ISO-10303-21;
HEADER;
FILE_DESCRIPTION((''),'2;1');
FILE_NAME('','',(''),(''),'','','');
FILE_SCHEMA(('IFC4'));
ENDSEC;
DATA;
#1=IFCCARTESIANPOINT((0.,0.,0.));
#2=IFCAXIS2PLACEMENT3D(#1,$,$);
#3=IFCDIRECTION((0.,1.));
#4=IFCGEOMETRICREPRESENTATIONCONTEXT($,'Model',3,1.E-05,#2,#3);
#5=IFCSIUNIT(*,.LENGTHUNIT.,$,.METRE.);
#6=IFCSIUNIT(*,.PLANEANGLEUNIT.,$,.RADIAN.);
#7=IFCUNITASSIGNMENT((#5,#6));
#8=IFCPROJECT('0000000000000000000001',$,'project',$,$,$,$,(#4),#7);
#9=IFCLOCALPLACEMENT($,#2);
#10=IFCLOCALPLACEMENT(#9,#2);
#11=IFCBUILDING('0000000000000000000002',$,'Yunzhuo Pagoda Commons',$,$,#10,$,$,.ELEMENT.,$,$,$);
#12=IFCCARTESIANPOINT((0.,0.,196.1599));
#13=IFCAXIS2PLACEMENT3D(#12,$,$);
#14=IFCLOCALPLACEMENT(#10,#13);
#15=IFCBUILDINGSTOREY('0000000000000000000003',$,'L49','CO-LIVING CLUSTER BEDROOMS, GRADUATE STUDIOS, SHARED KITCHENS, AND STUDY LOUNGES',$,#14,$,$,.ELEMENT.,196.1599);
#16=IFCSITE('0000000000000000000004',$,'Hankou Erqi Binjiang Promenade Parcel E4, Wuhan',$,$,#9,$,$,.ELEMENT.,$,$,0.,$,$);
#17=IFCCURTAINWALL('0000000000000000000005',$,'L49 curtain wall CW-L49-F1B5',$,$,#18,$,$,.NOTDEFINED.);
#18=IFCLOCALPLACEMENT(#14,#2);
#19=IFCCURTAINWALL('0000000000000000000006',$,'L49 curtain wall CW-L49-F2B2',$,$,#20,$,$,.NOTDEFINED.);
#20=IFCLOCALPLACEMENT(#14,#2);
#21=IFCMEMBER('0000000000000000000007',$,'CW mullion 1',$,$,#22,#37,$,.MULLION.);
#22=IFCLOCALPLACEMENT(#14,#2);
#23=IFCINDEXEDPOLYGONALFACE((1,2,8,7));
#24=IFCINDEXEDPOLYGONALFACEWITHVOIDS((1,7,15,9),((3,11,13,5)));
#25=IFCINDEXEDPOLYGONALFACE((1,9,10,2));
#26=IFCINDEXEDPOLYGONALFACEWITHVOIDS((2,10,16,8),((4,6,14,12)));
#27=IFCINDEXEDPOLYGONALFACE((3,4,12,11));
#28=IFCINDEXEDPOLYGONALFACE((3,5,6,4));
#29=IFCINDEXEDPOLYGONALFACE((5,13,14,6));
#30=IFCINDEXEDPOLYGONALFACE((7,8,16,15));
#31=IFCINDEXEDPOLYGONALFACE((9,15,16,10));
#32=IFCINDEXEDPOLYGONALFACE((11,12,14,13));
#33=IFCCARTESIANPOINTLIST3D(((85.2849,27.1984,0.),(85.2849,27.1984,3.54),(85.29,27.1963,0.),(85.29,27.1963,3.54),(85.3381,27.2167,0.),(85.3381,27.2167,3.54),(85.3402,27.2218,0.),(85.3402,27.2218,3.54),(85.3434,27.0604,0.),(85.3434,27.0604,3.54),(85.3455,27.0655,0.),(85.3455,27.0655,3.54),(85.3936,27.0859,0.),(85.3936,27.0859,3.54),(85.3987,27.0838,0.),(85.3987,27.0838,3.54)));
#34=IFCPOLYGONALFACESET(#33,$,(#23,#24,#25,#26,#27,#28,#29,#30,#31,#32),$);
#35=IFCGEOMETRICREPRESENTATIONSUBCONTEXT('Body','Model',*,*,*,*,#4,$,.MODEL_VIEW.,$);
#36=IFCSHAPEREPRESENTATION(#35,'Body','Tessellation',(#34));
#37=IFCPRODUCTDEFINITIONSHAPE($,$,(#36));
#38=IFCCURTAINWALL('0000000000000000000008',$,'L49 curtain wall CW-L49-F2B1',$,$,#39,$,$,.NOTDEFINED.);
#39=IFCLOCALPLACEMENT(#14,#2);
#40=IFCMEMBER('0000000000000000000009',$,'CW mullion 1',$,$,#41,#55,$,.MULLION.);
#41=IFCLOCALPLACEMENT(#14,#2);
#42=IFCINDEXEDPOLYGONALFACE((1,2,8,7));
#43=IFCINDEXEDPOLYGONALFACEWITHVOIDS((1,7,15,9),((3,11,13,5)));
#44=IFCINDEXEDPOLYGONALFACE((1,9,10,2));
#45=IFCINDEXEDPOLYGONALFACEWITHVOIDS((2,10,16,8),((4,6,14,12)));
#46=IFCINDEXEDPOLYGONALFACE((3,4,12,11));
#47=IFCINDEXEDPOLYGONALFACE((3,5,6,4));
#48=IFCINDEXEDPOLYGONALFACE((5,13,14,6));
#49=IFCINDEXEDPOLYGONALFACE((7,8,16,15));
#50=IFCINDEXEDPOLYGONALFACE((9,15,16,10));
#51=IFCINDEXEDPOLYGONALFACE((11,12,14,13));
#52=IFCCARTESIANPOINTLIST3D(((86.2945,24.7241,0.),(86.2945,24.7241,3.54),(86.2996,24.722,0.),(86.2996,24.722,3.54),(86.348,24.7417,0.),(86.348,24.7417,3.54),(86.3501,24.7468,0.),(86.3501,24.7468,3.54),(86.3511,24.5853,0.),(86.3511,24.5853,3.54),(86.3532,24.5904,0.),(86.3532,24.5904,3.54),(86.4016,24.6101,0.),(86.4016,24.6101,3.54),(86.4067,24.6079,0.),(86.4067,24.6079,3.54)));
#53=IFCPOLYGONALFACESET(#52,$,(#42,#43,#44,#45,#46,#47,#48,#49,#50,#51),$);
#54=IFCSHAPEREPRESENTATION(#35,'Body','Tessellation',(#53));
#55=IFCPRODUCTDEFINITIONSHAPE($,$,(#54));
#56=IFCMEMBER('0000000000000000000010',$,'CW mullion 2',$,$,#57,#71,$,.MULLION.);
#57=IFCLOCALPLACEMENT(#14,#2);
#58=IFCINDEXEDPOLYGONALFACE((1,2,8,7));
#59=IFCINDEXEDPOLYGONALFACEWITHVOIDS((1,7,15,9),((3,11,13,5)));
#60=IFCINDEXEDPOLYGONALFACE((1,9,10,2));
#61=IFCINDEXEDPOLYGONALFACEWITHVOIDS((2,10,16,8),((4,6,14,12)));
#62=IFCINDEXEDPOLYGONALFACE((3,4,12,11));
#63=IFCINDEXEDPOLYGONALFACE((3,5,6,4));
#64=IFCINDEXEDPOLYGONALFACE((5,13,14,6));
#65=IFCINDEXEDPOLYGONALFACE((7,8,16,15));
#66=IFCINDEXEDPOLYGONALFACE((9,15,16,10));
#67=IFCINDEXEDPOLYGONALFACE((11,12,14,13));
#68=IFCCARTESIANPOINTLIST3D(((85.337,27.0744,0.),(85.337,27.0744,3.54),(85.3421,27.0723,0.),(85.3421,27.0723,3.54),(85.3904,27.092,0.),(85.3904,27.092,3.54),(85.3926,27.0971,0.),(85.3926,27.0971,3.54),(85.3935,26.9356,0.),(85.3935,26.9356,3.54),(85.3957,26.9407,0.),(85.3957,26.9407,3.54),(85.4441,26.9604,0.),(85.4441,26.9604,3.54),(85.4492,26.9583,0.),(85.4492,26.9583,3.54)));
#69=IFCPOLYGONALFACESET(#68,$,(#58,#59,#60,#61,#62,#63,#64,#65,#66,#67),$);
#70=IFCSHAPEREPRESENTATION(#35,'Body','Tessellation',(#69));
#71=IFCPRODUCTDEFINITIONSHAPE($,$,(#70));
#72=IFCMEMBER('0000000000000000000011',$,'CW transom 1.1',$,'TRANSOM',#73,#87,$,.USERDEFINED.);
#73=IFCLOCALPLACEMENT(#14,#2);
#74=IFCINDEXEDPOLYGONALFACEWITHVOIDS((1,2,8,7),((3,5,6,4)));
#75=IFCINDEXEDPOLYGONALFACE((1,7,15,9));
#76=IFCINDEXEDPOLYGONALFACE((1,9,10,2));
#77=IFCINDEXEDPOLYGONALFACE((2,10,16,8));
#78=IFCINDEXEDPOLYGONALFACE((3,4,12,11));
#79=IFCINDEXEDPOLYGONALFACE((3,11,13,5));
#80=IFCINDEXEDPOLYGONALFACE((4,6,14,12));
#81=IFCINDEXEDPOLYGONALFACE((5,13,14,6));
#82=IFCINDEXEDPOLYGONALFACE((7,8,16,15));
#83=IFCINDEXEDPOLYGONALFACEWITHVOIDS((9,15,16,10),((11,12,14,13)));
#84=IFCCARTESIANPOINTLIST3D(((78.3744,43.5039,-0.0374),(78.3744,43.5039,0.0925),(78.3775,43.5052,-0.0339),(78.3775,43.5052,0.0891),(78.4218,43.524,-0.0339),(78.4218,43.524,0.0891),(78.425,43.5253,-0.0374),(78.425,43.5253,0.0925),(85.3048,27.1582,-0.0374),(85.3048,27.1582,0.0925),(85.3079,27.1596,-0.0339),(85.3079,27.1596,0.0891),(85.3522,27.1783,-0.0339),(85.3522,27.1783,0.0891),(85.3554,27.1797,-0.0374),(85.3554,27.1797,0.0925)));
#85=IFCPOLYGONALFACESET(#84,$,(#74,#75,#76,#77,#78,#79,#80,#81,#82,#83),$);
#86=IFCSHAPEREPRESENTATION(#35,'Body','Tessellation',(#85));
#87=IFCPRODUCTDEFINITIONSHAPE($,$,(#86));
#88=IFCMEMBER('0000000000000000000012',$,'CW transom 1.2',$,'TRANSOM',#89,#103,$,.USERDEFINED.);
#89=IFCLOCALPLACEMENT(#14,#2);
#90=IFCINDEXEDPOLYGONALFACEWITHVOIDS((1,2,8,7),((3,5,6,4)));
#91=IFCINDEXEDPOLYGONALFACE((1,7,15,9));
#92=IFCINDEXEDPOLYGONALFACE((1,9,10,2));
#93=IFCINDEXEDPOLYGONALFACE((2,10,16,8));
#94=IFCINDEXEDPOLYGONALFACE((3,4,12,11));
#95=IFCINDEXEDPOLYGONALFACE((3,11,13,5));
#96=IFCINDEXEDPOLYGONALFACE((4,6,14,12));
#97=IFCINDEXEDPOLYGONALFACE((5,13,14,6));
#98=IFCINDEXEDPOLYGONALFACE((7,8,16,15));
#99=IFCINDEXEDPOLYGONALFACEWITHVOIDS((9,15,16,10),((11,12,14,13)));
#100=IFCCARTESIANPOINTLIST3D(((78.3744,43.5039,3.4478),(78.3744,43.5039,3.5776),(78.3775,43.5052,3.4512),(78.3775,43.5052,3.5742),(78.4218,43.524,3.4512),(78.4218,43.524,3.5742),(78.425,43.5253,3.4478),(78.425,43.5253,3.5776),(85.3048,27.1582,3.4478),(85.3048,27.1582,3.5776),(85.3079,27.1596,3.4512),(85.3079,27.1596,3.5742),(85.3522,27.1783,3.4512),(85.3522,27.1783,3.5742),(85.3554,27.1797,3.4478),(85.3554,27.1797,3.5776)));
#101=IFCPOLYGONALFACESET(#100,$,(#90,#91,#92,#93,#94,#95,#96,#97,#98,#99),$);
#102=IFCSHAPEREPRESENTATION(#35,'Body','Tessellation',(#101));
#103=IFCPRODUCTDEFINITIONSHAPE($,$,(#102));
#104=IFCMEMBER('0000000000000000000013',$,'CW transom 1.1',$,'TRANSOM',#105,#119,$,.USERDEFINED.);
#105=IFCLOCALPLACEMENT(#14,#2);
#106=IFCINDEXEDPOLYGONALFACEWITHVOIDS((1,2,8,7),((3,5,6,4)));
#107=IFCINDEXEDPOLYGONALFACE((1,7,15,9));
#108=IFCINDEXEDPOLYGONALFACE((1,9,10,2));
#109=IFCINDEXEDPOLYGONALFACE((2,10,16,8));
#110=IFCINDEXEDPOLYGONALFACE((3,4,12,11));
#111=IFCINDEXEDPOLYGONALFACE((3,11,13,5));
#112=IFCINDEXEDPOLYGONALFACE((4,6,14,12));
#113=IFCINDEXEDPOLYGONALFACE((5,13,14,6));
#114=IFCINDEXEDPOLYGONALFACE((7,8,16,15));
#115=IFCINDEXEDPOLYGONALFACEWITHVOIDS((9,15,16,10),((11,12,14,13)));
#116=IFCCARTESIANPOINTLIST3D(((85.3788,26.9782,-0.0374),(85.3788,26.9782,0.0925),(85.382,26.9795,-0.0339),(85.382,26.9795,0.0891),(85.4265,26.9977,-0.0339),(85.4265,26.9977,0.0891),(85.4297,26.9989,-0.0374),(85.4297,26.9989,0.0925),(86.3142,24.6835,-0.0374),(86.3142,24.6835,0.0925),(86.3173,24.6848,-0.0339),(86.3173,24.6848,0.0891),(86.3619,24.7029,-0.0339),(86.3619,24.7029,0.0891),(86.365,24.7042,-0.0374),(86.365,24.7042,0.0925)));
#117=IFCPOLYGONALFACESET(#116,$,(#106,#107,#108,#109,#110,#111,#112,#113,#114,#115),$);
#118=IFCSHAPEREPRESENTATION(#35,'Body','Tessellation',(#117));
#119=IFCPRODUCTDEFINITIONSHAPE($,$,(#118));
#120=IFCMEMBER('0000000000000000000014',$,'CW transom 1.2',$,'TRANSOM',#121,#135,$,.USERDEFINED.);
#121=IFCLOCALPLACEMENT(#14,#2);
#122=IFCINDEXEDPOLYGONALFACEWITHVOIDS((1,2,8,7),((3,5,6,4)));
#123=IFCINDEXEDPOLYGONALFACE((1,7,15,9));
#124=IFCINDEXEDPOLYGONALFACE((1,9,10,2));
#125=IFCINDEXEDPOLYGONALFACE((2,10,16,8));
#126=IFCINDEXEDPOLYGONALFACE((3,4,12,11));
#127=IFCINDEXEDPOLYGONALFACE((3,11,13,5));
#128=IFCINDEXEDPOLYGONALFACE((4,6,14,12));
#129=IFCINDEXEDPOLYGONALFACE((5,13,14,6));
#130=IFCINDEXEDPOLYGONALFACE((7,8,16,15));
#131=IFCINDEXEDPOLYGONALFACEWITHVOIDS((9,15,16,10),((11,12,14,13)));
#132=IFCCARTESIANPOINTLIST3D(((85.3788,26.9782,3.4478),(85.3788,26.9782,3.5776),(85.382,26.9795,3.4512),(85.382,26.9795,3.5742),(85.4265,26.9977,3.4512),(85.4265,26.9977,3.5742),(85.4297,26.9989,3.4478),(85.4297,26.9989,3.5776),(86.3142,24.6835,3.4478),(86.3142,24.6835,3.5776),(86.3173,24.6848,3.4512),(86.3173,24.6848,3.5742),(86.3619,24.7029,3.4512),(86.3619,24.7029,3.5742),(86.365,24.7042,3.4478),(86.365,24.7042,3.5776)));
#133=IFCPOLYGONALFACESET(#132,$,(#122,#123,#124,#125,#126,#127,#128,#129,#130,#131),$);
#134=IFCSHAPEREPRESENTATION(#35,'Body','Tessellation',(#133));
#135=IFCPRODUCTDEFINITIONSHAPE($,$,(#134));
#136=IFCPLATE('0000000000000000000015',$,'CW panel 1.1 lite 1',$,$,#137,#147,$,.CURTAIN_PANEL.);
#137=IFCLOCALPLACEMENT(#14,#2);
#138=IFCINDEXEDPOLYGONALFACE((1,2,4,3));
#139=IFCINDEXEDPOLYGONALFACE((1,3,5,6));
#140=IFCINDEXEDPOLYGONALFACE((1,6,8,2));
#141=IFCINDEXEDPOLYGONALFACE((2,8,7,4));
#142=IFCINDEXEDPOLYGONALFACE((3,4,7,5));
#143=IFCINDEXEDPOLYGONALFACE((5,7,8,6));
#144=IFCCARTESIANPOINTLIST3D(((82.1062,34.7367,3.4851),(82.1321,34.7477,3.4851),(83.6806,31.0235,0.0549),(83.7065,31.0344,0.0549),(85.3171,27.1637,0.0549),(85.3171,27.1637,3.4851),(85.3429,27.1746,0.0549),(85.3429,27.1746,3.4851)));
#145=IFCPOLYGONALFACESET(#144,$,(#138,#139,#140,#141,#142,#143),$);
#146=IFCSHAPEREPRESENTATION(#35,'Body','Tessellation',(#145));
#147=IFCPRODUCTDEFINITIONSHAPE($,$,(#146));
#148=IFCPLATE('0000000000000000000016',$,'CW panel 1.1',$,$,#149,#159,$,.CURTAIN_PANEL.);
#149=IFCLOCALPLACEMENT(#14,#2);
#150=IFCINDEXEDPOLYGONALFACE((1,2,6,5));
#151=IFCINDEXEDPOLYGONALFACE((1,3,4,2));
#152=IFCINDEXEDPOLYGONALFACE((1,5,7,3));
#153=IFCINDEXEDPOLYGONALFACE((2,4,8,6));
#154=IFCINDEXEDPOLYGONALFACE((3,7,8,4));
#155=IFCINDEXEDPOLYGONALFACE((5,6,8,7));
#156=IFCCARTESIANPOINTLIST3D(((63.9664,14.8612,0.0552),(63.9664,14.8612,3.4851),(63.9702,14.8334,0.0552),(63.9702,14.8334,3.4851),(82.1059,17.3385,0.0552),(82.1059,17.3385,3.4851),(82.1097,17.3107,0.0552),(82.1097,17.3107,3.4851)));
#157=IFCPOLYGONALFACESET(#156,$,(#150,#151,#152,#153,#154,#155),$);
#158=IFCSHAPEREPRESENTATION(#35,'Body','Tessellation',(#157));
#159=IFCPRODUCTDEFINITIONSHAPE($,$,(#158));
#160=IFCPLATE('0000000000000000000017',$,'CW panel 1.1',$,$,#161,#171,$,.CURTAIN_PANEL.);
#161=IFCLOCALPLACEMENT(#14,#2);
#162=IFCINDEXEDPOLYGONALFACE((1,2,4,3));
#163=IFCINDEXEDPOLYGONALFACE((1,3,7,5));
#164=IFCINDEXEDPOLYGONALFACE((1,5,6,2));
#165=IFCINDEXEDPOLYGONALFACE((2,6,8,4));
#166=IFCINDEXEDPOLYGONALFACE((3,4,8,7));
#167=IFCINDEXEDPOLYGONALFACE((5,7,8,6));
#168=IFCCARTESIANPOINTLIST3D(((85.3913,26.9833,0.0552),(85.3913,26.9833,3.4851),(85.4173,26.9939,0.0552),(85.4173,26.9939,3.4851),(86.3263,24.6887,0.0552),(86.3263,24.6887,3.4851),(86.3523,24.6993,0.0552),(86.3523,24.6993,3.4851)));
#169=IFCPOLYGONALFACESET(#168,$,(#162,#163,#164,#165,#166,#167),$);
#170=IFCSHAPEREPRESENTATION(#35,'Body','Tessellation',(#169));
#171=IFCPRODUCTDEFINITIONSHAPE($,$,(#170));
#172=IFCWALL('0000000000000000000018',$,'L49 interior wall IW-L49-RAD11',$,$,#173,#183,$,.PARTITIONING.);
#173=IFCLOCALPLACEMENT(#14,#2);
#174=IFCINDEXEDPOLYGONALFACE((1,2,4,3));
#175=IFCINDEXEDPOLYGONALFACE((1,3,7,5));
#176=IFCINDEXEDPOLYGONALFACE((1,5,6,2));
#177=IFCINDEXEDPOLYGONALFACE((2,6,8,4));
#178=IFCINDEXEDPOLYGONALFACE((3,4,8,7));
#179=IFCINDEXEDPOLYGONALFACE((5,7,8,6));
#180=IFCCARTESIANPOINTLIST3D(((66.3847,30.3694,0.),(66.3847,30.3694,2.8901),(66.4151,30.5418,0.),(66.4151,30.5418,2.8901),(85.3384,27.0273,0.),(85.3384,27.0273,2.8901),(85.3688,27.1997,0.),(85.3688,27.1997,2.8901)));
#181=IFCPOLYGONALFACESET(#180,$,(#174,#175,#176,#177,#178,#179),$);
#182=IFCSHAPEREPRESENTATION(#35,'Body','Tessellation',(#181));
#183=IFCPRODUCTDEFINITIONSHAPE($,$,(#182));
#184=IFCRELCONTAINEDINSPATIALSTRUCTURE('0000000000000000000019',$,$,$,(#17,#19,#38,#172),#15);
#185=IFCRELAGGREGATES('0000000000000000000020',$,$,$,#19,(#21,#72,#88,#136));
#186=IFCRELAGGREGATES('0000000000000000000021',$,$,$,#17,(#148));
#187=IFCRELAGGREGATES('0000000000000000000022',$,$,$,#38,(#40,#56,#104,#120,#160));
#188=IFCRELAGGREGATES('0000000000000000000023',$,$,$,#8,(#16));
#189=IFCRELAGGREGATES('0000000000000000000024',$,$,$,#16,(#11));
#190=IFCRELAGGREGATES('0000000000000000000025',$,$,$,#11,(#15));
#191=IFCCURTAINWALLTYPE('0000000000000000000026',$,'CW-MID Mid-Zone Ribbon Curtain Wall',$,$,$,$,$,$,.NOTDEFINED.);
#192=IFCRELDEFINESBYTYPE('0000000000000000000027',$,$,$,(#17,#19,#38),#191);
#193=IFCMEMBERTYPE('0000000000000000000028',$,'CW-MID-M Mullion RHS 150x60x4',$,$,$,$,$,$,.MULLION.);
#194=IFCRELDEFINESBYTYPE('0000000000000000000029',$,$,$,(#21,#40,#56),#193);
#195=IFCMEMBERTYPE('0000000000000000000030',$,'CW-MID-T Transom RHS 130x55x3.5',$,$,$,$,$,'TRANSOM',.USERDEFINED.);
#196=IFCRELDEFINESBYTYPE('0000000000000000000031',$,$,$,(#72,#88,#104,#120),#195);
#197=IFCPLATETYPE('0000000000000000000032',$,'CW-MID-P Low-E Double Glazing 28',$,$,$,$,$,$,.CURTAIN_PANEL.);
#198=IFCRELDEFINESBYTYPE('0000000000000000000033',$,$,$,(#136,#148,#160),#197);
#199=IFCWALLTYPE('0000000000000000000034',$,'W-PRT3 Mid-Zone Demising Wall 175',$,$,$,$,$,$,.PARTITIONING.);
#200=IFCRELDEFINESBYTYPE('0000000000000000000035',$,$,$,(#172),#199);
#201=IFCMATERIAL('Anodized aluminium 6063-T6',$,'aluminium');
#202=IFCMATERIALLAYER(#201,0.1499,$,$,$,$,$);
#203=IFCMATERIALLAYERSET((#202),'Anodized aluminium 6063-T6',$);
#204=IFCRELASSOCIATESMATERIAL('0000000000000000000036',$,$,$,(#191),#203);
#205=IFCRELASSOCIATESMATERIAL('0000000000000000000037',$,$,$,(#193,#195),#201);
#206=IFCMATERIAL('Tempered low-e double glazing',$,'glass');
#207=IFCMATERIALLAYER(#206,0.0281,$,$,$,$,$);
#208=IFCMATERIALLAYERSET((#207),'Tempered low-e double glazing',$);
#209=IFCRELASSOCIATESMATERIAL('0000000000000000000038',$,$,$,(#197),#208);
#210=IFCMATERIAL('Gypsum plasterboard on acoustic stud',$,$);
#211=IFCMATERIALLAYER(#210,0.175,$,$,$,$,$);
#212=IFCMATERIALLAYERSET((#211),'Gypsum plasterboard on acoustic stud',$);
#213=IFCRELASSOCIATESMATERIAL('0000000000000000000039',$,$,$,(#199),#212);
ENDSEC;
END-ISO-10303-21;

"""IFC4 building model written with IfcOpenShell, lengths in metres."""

from ifc_helpers import new_model, si_unit, direction, frame, frame_2d, origin, origin_2d, place, context, subcontext, project, spatial, polyline, rectangle, hollow_rectangle, outline, extrude, source, transform, mapped, material, layer, layer_set, material_profile, profile_set, type_object, element, aggregate, save


model = new_model("IFC4")

# Units and contexts
model_context = context("Model", 3, precision=1e-05, world=origin(), true_north=direction((0.0, 1.0)))
body_context = subcontext(model_context, "Body", "Model", "MODEL_VIEW")
ifc_project = project(units=[si_unit("LENGTHUNIT", "METRE"), si_unit("PLANEANGLEUNIT", "RADIAN")], contexts=[model_context])

# Site, building, storey
site_placement = place(None, origin())
site = spatial("IfcSite", under=ifc_project, at=site_placement, Name="Hankou Erqi Binjiang Promenade Parcel E4, Wuhan", CompositionType="ELEMENT", RefElevation=0.0)
building_placement = place(site_placement, origin())
building = spatial("IfcBuilding", under=site, at=building_placement, Name="Yunzhuo Pagoda Commons", CompositionType="ELEMENT")
storey_placement = place(building_placement, frame((0.0, 0.0, 196.1599)))
storey = spatial("IfcBuildingStorey", under=building, at=storey_placement, Name="L49", Description="CO-LIVING CLUSTER BEDROOMS, GRADUATE STUDIOS, SHARED KITCHENS, AND STUDY LOUNGES", CompositionType="ELEMENT", Elevation=196.1599)

# Curtain walls, member
ifc_material_1 = material(Name="Anodized aluminium 6063-T6", Category="aluminium")
ifc_layer_1 = layer(ifc_material_1, 0.1499)
ifc_layer_set_1 = layer_set([ifc_layer_1], Name="Anodized aluminium 6063-T6")
curtain_wall_type = type_object("IfcCurtainWallType", Name="CW-MID Mid-Zone Ribbon Curtain Wall", PredefinedType="NOTDEFINED", material=ifc_layer_set_1)
curtain_wall_1_placement = place(storey_placement, origin())
curtain_wall_1 = element("IfcCurtainWall", 1, at=curtain_wall_1_placement, inside=storey, type_object=curtain_wall_type, Name="L49 curtain wall CW-L49-F1B5", PredefinedType="NOTDEFINED")
ifc_material_profile_1 = material_profile(ifc_material_1, hollow_rectangle(XDim=0.0601, YDim=0.1499, WallThickness=0.0039, at=origin_2d()), Name="Anodized aluminium 6063-T6")
ifc_profile_set_1 = profile_set([ifc_material_profile_1], Name="Anodized aluminium 6063-T6")
member_type_1 = type_object("IfcMemberType", Name="CW-MID-M Mullion RHS 150x60x4", PredefinedType="MULLION", material=ifc_profile_set_1)
shared_shape_1 = source(origin(), body_context, "Body", "SweptSolid", [
    extrude(hollow_rectangle(XDim=0.0601, YDim=0.1499, WallThickness=0.0039, at=origin_2d()), origin(), (0.0, 0.0, 1.0), 3.54),
])
curtain_wall_2_placement = place(storey_placement, origin())
curtain_wall_2 = element("IfcCurtainWall", 2, at=curtain_wall_2_placement, inside=storey, type_object=curtain_wall_type, Name="L49 curtain wall CW-L49-F2B2", PredefinedType="NOTDEFINED")
member_1_placement = place(storey_placement, frame((85.3418, 27.1411, 0.0), z_axis=(0.0, 0.0, 1.0), x_axis=(-0.920667, -0.39035, 0.0)))
member_1 = element("IfcMember", 3, at=member_1_placement, type_object=member_type_1, Name="CW mullion 1", PredefinedType="MULLION", context=body_context, shape_type="MappedRepresentation", body=[
    mapped(shared_shape_1, transform((0.0, 0.0, 0.0), scale=1.0)),
])

# Curtain wall, members
curtain_wall_3_placement = place(storey_placement, origin())
curtain_wall_3 = element("IfcCurtainWall", 4, at=curtain_wall_3_placement, inside=storey, type_object=curtain_wall_type, Name="L49 curtain wall CW-L49-F2B1", PredefinedType="NOTDEFINED")
member_2_placement = place(storey_placement, frame((86.3506, 24.666, 0.0), z_axis=(0.0, 0.0, 1.0), x_axis=(-0.926071, -0.377349, 0.0)))
member_2 = element("IfcMember", 5, at=member_2_placement, type_object=member_type_1, Name="CW mullion 1", PredefinedType="MULLION", context=body_context, shape_type="MappedRepresentation", body=[
    mapped(shared_shape_1, transform((0.0, 0.0, 0.0), scale=1.0)),
])
member_3_placement = place(storey_placement, frame((85.3931, 27.0164, 0.0), z_axis=(0.0, 0.0, 1.0), x_axis=(-0.926071, -0.377349, 0.0)))
member_3 = element("IfcMember", 6, at=member_3_placement, type_object=member_type_1, Name="CW mullion 2", PredefinedType="MULLION", context=body_context, shape_type="MappedRepresentation", body=[
    mapped(shared_shape_1, transform((0.0, 0.0, 0.0), scale=1.0)),
])

# Members
ifc_material_profile_2 = material_profile(ifc_material_1, hollow_rectangle(XDim=0.0549, YDim=0.1299, WallThickness=0.0034, at=origin_2d()), Name="Anodized aluminium 6063-T6")
ifc_profile_set_2 = profile_set([ifc_material_profile_2], Name="Anodized aluminium 6063-T6")
member_type_2 = type_object("IfcMemberType", Name="CW-MID-T Transom RHS 130x55x3.5", ElementType="TRANSOM", PredefinedType="USERDEFINED", material=ifc_profile_set_2)
shared_shape_2 = source(origin(), body_context, "Body", "SweptSolid", [
    extrude(hollow_rectangle(XDim=0.0549, YDim=0.1299, WallThickness=0.0034, at=origin_2d()), origin(), (0.0, 0.0, 1.0), 17.7542),
])
member_4_placement = place(storey_placement, frame((85.3301, 27.1689, 0.0276), z_axis=(-0.390353, 0.920665, 0.0), x_axis=(-0.920665, -0.390353, 0.0)))
member_4 = element("IfcMember", 7, at=member_4_placement, type_object=member_type_2, Name="CW transom 1.1", ObjectType="TRANSOM", PredefinedType="USERDEFINED", context=body_context, shape_type="MappedRepresentation", body=[
    mapped(shared_shape_2, transform((0.0, 0.0, 0.0), scale=1.0)),
])
member_5_placement = place(storey_placement, frame((85.3301, 27.1689, 3.5127), z_axis=(-0.390353, 0.920665, 0.0), x_axis=(-0.920665, -0.390353, 0.0)))
member_5 = element("IfcMember", 8, at=member_5_placement, type_object=member_type_2, Name="CW transom 1.2", ObjectType="TRANSOM", PredefinedType="USERDEFINED", context=body_context, shape_type="MappedRepresentation", body=[
    mapped(shared_shape_2, transform((0.0, 0.0, 0.0), scale=1.0)),
])
shared_shape_3 = source(origin(), body_context, "Body", "SweptSolid", [
    extrude(hollow_rectangle(XDim=0.0549, YDim=0.1299, WallThickness=0.0034, at=origin_2d()), origin(), (0.0, 0.0, 1.0), 2.478),
])
member_6_placement = place(storey_placement, frame((86.3396, 24.6938, 0.0276), z_axis=(-0.377447, 0.926031, 0.0), x_axis=(-0.926031, -0.377447, 0.0)))
member_6 = element("IfcMember", 9, at=member_6_placement, type_object=member_type_2, Name="CW transom 1.1", ObjectType="TRANSOM", PredefinedType="USERDEFINED", context=body_context, shape_type="MappedRepresentation", body=[
    mapped(shared_shape_3, transform((0.0, 0.0, 0.0), scale=1.0)),
])
member_7_placement = place(storey_placement, frame((86.3396, 24.6938, 3.5127), z_axis=(-0.377447, 0.926031, 0.0), x_axis=(-0.926031, -0.377447, 0.0)))
member_7 = element("IfcMember", 10, at=member_7_placement, type_object=member_type_2, Name="CW transom 1.2", ObjectType="TRANSOM", PredefinedType="USERDEFINED", context=body_context, shape_type="MappedRepresentation", body=[
    mapped(shared_shape_3, transform((0.0, 0.0, 0.0), scale=1.0)),
])

# Plates
ifc_material_2 = material(Name="Tempered low-e double glazing", Category="glass")
ifc_layer_2 = layer(ifc_material_2, 0.0281)
ifc_layer_set_2 = layer_set([ifc_layer_2], Name="Tempered low-e double glazing")
plate_type = type_object("IfcPlateType", Name="CW-MID-P Low-E Double Glazing 28", PredefinedType="CURTAIN_PANEL", material=ifc_layer_set_2)
plate_1_placement = place(storey_placement, frame((83.7117, 30.9502, 1.77), z_axis=(0.920667, 0.39035, 0.0), x_axis=(-0.39035, 0.920667, 0.0)))
plate_1 = element("IfcPlate", 11, at=plate_1_placement, type_object=plate_type, Name="CW panel 1.1 lite 1", PredefinedType="CURTAIN_PANEL", context=body_context, shape_type="SweptSolid", body=[
    extrude(outline(polyline([(-4.1128, -1.7151), (0.0796, -1.7151), (4.1128, 1.7151), (-4.1128, 1.7151), (-4.1128, -1.7151)])), origin(), (0.0, 0.0, 1.0), 0.0281),
])
aggregate(curtain_wall_2, [member_1, member_4, member_5, plate_1])
shared_shape_4 = source(origin(), body_context, "Body", "SweptSolid", [
    extrude(rectangle(XDim=18.3079, YDim=0.0281, at=origin_2d()), origin(), (0.0, 0.0, 1.0), 3.4299),
])
plate_2_placement = place(storey_placement, frame((73.0381, 16.0859, 0.0552), z_axis=(0.0, 0.0, 1.0), x_axis=(0.990803, 0.135312, 0.0)))
plate_2 = element("IfcPlate", 12, at=plate_2_placement, type_object=plate_type, Name="CW panel 1.1", PredefinedType="CURTAIN_PANEL", context=body_context, shape_type="MappedRepresentation", body=[
    mapped(shared_shape_4, transform((0.0, 0.0, 0.0), scale=1.0)),
])
aggregate(curtain_wall_1, [plate_2])
shared_shape_5 = source(origin(), body_context, "Body", "SweptSolid", [
    extrude(rectangle(XDim=2.4778, YDim=0.0281, at=origin_2d()), origin(), (0.0, 0.0, 1.0), 3.4299),
])
plate_3_placement = place(storey_placement, frame((85.8718, 25.8413, 0.0552), z_axis=(0.0, 0.0, 1.0), x_axis=(-0.377349, 0.926071, 0.0)))
plate_3 = element("IfcPlate", 13, at=plate_3_placement, type_object=plate_type, Name="CW panel 1.1", PredefinedType="CURTAIN_PANEL", context=body_context, shape_type="MappedRepresentation", body=[
    mapped(shared_shape_5, transform((0.0, 0.0, 0.0), scale=1.0)),
])
aggregate(curtain_wall_3, [member_2, member_3, member_6, member_7, plate_3])

# Wall
ifc_material_3 = material(Name="Gypsum plasterboard on acoustic stud")
ifc_layer_3 = layer(ifc_material_3, 0.175)
ifc_layer_set_3 = layer_set([ifc_layer_3], Name="Gypsum plasterboard on acoustic stud")
wall_type_1 = type_object("IfcWallType", Name="W-PRT3 Mid-Zone Demising Wall 175", PredefinedType="PARTITIONING", material=ifc_layer_set_3)
wall_1_placement = place(storey_placement, frame((66.3999, 30.4556, 0.0), z_axis=(0.0, 0.0, 1.0), x_axis=(0.984808, -0.173649, 0.0)))
element("IfcWall", 14, at=wall_1_placement, inside=storey, type_object=wall_type_1, Name="L49 interior wall IW-L49-RAD11", PredefinedType="PARTITIONING", context=body_context, shape_type="SweptSolid", body=[
    extrude(rectangle(XDim=19.2461, YDim=0.175, at=frame_2d((9.623, 0.0))), origin(), (0.0, 0.0, 1.0), 2.8901),
])

save(model, "model.ifc")
